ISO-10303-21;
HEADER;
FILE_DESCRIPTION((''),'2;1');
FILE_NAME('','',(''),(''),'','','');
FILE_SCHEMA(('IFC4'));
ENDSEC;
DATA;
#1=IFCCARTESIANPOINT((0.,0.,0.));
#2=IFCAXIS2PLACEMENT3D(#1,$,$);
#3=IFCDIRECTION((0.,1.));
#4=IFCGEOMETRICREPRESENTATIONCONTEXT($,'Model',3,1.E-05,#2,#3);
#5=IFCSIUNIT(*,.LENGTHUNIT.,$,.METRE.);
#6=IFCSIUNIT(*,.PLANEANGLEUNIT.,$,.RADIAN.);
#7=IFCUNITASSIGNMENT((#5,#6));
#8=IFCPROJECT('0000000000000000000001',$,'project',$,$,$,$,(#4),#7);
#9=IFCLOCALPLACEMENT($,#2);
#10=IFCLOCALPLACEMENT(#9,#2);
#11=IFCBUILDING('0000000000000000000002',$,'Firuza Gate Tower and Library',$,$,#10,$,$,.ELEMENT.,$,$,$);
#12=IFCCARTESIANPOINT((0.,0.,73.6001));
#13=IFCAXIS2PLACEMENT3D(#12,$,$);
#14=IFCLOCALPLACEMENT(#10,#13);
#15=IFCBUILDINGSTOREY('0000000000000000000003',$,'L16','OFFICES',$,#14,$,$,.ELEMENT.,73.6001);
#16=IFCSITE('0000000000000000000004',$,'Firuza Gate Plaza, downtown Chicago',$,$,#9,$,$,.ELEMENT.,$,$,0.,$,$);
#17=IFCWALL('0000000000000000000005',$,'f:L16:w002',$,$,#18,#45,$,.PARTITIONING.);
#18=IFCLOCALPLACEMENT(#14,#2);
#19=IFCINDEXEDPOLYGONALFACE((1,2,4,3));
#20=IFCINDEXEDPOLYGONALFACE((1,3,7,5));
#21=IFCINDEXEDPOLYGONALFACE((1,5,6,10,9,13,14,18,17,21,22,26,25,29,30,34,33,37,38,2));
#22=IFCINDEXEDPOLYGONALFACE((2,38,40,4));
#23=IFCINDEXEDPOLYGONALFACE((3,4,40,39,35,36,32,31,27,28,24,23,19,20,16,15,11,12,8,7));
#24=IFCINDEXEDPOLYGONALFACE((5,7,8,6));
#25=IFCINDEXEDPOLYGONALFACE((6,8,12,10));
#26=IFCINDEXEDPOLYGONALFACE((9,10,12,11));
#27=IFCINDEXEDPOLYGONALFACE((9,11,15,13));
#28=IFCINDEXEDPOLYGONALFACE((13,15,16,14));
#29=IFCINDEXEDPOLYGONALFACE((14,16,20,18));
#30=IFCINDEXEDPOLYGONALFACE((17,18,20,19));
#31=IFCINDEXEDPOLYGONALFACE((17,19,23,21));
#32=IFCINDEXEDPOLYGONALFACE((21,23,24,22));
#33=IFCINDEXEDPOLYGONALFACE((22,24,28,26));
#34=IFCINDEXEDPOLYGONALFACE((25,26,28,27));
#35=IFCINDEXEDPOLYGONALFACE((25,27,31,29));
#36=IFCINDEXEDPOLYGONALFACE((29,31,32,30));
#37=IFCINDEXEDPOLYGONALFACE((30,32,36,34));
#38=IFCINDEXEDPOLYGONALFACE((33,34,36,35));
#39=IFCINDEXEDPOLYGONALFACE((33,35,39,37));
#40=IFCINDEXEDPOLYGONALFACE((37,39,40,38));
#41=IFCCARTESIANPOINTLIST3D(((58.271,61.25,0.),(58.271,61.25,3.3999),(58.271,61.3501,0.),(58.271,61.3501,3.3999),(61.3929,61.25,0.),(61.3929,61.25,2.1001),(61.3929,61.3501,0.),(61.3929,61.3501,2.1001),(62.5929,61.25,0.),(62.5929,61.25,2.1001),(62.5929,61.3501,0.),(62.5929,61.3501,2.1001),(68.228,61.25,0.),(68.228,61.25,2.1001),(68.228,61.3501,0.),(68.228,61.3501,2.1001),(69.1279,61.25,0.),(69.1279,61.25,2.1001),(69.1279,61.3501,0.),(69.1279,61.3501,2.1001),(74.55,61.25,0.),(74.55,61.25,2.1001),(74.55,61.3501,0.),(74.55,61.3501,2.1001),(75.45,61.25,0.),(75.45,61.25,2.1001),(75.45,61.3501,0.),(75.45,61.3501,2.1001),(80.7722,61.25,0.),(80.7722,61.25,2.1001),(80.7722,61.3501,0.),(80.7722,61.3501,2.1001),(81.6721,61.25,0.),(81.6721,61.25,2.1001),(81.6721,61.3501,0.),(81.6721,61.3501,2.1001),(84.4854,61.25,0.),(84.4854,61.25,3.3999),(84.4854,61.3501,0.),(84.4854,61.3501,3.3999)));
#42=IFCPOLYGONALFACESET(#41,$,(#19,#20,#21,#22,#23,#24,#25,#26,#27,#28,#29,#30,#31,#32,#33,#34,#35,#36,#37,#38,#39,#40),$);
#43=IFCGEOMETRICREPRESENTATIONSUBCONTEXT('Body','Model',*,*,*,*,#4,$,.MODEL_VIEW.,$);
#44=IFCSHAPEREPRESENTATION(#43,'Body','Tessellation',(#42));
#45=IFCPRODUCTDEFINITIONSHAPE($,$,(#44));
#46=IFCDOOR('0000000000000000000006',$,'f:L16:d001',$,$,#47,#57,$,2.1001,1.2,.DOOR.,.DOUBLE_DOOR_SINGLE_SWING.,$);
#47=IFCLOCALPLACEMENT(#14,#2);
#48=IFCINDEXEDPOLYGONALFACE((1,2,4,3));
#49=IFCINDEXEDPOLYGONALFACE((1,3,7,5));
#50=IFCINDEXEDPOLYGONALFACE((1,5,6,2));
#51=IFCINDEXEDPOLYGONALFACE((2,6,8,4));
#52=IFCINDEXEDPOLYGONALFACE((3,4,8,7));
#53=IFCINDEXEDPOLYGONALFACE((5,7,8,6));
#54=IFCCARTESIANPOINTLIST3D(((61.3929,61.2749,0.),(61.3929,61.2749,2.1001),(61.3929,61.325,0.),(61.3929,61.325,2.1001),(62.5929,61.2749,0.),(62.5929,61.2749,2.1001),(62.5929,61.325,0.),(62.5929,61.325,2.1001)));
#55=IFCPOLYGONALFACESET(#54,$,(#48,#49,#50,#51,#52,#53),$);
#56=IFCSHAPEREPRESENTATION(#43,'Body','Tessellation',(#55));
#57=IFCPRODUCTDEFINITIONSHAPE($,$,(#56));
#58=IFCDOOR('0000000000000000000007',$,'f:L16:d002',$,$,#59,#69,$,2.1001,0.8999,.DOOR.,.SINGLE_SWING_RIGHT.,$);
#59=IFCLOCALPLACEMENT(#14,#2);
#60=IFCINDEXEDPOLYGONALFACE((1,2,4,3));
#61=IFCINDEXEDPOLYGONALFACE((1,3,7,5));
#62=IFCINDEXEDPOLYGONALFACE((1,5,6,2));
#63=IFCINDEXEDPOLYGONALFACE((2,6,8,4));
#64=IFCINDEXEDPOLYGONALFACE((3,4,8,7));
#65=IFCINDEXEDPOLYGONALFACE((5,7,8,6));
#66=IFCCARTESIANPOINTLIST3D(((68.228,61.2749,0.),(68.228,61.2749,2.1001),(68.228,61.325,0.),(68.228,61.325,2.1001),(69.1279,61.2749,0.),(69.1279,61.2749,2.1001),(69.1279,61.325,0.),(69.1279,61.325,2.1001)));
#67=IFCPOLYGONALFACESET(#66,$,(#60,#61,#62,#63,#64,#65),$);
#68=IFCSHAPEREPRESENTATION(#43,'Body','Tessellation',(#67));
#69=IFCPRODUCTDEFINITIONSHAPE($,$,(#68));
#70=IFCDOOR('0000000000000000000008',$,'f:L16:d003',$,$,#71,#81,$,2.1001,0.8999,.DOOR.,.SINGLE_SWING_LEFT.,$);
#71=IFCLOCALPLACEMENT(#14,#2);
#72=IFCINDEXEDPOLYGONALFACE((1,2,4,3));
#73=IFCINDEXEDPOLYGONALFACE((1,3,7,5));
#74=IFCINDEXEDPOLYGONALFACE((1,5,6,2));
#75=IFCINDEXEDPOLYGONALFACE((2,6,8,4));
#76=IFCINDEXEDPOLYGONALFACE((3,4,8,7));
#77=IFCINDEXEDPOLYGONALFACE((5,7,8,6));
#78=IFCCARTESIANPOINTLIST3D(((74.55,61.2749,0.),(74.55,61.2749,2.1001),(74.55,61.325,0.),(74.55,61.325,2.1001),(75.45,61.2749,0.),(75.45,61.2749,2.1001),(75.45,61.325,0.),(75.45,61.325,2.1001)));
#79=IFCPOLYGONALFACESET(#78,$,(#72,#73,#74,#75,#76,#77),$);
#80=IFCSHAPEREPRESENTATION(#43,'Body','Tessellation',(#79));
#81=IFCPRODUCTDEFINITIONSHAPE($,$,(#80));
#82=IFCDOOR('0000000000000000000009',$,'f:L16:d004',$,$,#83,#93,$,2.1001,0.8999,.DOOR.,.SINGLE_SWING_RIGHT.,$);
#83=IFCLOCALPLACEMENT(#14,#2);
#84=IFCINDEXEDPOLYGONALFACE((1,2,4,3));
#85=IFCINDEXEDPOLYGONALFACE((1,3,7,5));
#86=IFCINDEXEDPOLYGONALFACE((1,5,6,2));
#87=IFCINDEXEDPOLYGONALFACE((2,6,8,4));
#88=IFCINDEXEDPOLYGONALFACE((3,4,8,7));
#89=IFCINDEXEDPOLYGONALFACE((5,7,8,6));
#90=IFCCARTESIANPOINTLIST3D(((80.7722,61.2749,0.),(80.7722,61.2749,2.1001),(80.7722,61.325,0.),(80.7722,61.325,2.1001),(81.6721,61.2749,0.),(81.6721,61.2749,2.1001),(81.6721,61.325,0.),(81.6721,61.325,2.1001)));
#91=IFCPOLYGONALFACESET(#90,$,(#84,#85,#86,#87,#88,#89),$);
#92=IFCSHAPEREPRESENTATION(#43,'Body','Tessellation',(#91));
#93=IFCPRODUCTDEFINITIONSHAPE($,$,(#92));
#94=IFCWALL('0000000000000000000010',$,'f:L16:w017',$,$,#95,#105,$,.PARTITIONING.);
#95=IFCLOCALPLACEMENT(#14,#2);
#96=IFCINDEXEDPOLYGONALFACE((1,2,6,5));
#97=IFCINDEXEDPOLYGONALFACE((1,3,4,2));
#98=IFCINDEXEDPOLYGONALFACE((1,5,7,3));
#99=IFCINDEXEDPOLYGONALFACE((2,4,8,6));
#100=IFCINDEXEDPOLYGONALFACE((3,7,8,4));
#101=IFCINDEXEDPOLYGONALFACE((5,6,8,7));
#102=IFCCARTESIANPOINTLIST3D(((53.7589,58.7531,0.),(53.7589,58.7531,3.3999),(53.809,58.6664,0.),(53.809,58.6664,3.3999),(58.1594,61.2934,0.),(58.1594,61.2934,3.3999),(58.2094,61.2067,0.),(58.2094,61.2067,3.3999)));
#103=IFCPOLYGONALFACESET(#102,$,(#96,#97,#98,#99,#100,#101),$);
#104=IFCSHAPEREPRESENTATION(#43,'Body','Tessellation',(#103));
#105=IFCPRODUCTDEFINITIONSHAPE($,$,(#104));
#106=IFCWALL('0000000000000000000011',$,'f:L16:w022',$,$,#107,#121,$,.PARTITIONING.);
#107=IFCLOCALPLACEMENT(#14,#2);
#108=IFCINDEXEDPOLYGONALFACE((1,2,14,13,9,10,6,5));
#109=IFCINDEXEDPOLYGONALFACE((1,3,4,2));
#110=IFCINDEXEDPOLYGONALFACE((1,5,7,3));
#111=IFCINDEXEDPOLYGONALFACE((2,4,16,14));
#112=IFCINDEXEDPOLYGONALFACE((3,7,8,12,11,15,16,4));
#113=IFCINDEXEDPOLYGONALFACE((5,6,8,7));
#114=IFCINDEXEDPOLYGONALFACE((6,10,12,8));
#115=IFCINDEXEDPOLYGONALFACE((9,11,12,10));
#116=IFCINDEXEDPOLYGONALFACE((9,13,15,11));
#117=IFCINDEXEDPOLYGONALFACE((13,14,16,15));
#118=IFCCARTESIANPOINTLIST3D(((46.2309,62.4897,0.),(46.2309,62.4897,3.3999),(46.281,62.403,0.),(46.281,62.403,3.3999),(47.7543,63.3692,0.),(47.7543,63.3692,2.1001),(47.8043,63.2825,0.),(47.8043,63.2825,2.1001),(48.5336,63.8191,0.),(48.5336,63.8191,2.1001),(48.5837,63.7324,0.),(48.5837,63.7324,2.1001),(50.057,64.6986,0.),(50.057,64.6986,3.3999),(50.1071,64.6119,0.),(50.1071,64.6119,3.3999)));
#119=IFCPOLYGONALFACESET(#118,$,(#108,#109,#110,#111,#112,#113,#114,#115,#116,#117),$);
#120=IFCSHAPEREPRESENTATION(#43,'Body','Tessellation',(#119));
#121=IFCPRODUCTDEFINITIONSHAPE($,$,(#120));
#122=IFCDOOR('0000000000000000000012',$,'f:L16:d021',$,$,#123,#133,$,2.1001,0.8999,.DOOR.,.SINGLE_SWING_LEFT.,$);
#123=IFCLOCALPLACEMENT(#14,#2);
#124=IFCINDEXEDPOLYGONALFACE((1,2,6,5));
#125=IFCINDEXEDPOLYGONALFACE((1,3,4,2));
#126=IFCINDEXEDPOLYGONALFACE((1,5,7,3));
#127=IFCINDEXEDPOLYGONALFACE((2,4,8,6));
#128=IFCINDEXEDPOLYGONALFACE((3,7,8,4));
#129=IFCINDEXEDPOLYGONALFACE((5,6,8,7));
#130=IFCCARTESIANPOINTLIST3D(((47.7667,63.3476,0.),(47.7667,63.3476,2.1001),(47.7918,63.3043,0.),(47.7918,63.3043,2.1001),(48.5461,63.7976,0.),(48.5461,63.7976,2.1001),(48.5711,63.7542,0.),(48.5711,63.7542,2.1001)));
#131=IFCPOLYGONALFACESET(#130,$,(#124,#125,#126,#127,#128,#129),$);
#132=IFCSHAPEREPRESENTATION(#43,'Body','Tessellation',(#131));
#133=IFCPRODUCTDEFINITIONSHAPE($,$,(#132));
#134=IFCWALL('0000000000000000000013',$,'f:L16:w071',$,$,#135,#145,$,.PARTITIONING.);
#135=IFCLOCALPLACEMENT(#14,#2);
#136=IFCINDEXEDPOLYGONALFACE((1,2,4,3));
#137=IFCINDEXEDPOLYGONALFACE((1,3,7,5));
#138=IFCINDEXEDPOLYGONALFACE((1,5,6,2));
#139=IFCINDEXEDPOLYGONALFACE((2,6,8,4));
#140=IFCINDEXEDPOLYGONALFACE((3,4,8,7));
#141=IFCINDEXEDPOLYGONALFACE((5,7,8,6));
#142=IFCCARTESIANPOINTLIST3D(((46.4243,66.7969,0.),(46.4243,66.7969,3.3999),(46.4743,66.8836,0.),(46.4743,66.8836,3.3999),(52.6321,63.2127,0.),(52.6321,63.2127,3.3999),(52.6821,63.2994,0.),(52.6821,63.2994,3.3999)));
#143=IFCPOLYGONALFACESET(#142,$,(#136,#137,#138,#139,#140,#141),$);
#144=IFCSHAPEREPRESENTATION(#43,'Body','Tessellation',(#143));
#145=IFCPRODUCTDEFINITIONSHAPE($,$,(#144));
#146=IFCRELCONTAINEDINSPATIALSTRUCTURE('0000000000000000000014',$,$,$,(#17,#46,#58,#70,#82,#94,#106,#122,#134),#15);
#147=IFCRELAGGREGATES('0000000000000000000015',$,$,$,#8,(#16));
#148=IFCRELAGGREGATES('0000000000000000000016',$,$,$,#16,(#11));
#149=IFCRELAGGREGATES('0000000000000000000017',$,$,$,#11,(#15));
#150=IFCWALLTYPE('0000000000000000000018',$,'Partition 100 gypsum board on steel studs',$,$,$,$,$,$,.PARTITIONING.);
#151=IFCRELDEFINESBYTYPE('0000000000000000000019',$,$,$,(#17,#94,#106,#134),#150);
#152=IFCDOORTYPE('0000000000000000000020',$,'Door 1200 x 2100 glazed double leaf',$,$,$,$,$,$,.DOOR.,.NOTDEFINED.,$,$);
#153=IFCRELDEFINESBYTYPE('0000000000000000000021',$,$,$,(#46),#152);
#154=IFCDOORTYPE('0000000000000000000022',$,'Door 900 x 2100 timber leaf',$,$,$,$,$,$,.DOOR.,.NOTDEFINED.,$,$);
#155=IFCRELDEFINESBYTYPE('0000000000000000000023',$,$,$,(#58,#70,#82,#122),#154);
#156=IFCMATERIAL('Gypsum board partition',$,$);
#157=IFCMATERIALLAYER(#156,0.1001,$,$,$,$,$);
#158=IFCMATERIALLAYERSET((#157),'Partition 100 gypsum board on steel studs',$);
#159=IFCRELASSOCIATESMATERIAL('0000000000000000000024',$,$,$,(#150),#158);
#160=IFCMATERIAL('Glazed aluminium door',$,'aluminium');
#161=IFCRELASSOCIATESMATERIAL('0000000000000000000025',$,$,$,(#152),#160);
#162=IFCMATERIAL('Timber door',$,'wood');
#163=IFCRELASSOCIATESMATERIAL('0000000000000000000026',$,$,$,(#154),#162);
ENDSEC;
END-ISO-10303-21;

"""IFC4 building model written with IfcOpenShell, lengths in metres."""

from ifc_helpers import new_model, si_unit, direction, frame, frame_2d, origin, place, context, subcontext, project, spatial, rectangle, extrude, material, layer, layer_set, type_object, element, fill, save


model = new_model("IFC4")

# Units and contexts
model_context = context("Model", 3, precision=1e-05, world=origin(), true_north=direction((0.0, 1.0)))
body_context = subcontext(model_context, "Body", "Model", "MODEL_VIEW")
ifc_project = project(units=[si_unit("LENGTHUNIT", "METRE"), si_unit("PLANEANGLEUNIT", "RADIAN")], contexts=[model_context])

# Site, building, storey
site_placement = place(None, origin())
site = spatial("IfcSite", under=ifc_project, at=site_placement, Name="Firuza Gate Plaza, downtown Chicago", CompositionType="ELEMENT", RefElevation=0.0)
building_placement = place(site_placement, origin())
building = spatial("IfcBuilding", under=site, at=building_placement, Name="Firuza Gate Tower and Library", CompositionType="ELEMENT")
storey_placement = place(building_placement, frame((0.0, 0.0, 73.6001)))
storey = spatial("IfcBuildingStorey", under=building, at=storey_placement, Name="L16", Description="OFFICES", CompositionType="ELEMENT", Elevation=73.6001)

# Wall, openings, doors
ifc_material_1 = material(Name="Gypsum board partition")
ifc_layer_1 = layer(ifc_material_1, 0.1001)
ifc_layer_set_1 = layer_set([ifc_layer_1], Name="Partition 100 gypsum board on steel studs")
wall_type_1 = type_object("IfcWallType", Name="Partition 100 gypsum board on steel studs", PredefinedType="PARTITIONING", material=ifc_layer_set_1)
wall_1_placement = place(storey_placement, frame((58.271, 61.3, 0.0), z_axis=(0.0, 0.0, 1.0), x_axis=(1.0, 0.0, 0.0)))
wall_1 = element("IfcWall", 1, at=wall_1_placement, inside=storey, type_object=wall_type_1, Name="f:L16:w002", PredefinedType="PARTITIONING", context=body_context, shape_type="SweptSolid", body=[
    extrude(rectangle(XDim=26.2144, YDim=0.1001, at=frame_2d((13.1072, 0.0))), origin(), (0.0, 0.0, 1.0), 3.3999),
])
opening_1_placement = place(wall_1_placement, frame((3.1218, 0.0, 0.0)))
opening_1 = element("IfcOpeningElement", 2, at=opening_1_placement, cuts=wall_1, PredefinedType="OPENING", context=body_context, shape_type="SweptSolid", body=[
    extrude(rectangle(XDim=1.2, YDim=2.1001, at=frame_2d((0.6001, 1.05))), frame((0.0, 0.0601, 0.0), z_axis=(0.0, -1.0, 0.0), x_axis=(1.0, 0.0, 0.0)), (0.0, 0.0, 1.0), 0.1201),
])
opening_2_placement = place(wall_1_placement, frame((9.957, 0.0, 0.0)))
opening_2 = element("IfcOpeningElement", 3, at=opening_2_placement, cuts=wall_1, PredefinedType="OPENING", context=body_context, shape_type="SweptSolid", body=[
    extrude(rectangle(XDim=0.8999, YDim=2.1001, at=frame_2d((0.45, 1.05))), frame((0.0, 0.0601, 0.0), z_axis=(0.0, -1.0, 0.0), x_axis=(1.0, 0.0, 0.0)), (0.0, 0.0, 1.0), 0.1201),
])
opening_3_placement = place(wall_1_placement, frame((16.2791, 0.0, 0.0)))
opening_3 = element("IfcOpeningElement", 4, at=opening_3_placement, cuts=wall_1, PredefinedType="OPENING", context=body_context, shape_type="SweptSolid", body=[
    extrude(rectangle(XDim=0.8999, YDim=2.1001, at=frame_2d((0.45, 1.05))), frame((0.0, 0.0601, 0.0), z_axis=(0.0, -1.0, 0.0), x_axis=(1.0, 0.0, 0.0)), (0.0, 0.0, 1.0), 0.1201),
])
opening_4_placement = place(wall_1_placement, frame((22.5012, 0.0, 0.0)))
opening_4 = element("IfcOpeningElement", 5, at=opening_4_placement, cuts=wall_1, PredefinedType="OPENING", context=body_context, shape_type="SweptSolid", body=[
    extrude(rectangle(XDim=0.8999, YDim=2.1001, at=frame_2d((0.45, 1.05))), frame((0.0, 0.0601, 0.0), z_axis=(0.0, -1.0, 0.0), x_axis=(1.0, 0.0, 0.0)), (0.0, 0.0, 1.0), 0.1201),
])
ifc_material_2 = material(Name="Glazed aluminium door", Category="aluminium")
door_type_1 = type_object("IfcDoorType", Name="Door 1200 x 2100 glazed double leaf", OperationType="NOTDEFINED", PredefinedType="DOOR", material=ifc_material_2)
door_1_placement = place(opening_1_placement, origin())
door_1 = element("IfcDoor", 6, at=door_1_placement, inside=storey, type_object=door_type_1, Name="f:L16:d001", OperationType="DOUBLE_DOOR_SINGLE_SWING", OverallHeight=2.1001, OverallWidth=1.2, PredefinedType="DOOR", context=body_context, shape_type="SweptSolid", body=[
    extrude(rectangle(XDim=1.2, YDim=2.1001, at=frame_2d((0.6001, 1.05))), frame((0.0, 0.0249, 0.0), z_axis=(0.0, -1.0, 0.0), x_axis=(1.0, 0.0, 0.0)), (0.0, 0.0, 1.0), 0.05),
])
fill(opening_1, door_1)
ifc_material_3 = material(Name="Timber door", Category="wood")
door_type_2 = type_object("IfcDoorType", Name="Door 900 x 2100 timber leaf", OperationType="NOTDEFINED", PredefinedType="DOOR", material=ifc_material_3)
door_2_placement = place(opening_2_placement, origin())
door_2 = element("IfcDoor", 7, at=door_2_placement, inside=storey, type_object=door_type_2, Name="f:L16:d002", OperationType="SINGLE_SWING_RIGHT", OverallHeight=2.1001, OverallWidth=0.8999, PredefinedType="DOOR", context=body_context, shape_type="SweptSolid", body=[
    extrude(rectangle(XDim=0.8999, YDim=2.1001, at=frame_2d((0.45, 1.05))), frame((0.0, 0.0249, 0.0), z_axis=(0.0, -1.0, 0.0), x_axis=(1.0, 0.0, 0.0)), (0.0, 0.0, 1.0), 0.05),
])
fill(opening_2, door_2)
door_3_placement = place(opening_3_placement, origin())
door_3 = element("IfcDoor", 8, at=door_3_placement, inside=storey, type_object=door_type_2, Name="f:L16:d003", OperationType="SINGLE_SWING_LEFT", OverallHeight=2.1001, OverallWidth=0.8999, PredefinedType="DOOR", context=body_context, shape_type="SweptSolid", body=[
    extrude(rectangle(XDim=0.8999, YDim=2.1001, at=frame_2d((0.45, 1.05))), frame((0.0, 0.0249, 0.0), z_axis=(0.0, -1.0, 0.0), x_axis=(1.0, 0.0, 0.0)), (0.0, 0.0, 1.0), 0.05),
])
fill(opening_3, door_3)
door_4_placement = place(opening_4_placement, origin())
door_4 = element("IfcDoor", 9, at=door_4_placement, inside=storey, type_object=door_type_2, Name="f:L16:d004", OperationType="SINGLE_SWING_RIGHT", OverallHeight=2.1001, OverallWidth=0.8999, PredefinedType="DOOR", context=body_context, shape_type="SweptSolid", body=[
    extrude(rectangle(XDim=0.8999, YDim=2.1001, at=frame_2d((0.45, 1.05))), frame((0.0, 0.0249, 0.0), z_axis=(0.0, -1.0, 0.0), x_axis=(1.0, 0.0, 0.0)), (0.0, 0.0, 1.0), 0.05),
])
fill(opening_4, door_4)

# Wall
wall_2_placement = place(storey_placement, frame((53.7839, 58.7097, 0.0), z_axis=(0.0, 0.0, 1.0), x_axis=(0.86605, 0.499958, 0.0)))
element("IfcWall", 10, at=wall_2_placement, inside=storey, type_object=wall_type_1, Name="f:L16:w017", PredefinedType="PARTITIONING", context=body_context, shape_type="SweptSolid", body=[
    extrude(rectangle(XDim=5.0811, YDim=0.1001, at=frame_2d((2.5405, 0.0))), origin(), (0.0, 0.0, 1.0), 3.3999),
])

# Wall, opening, door
wall_3_placement = place(storey_placement, frame((50.082, 64.6553, 0.0), z_axis=(0.0, 0.0, 1.0), x_axis=(-0.866031, -0.49999, 0.0)))
wall_3 = element("IfcWall", 11, at=wall_3_placement, inside=storey, type_object=wall_type_1, Name="f:L16:w022", PredefinedType="PARTITIONING", context=body_context, shape_type="SweptSolid", body=[
    extrude(rectangle(XDim=4.418, YDim=0.1001, at=frame_2d((2.209, 0.0))), origin(), (0.0, 0.0, 1.0), 3.3999),
])
opening_5_placement = place(wall_3_placement, frame((1.759, 0.0, 0.0)))
opening_5 = element("IfcOpeningElement", 12, at=opening_5_placement, cuts=wall_3, PredefinedType="OPENING", context=body_context, shape_type="SweptSolid", body=[
    extrude(rectangle(XDim=0.8999, YDim=2.1001, at=frame_2d((0.45, 1.05))), frame((0.0, 0.0601, 0.0), z_axis=(0.0, -1.0, 0.0), x_axis=(1.0, 0.0, 0.0)), (0.0, 0.0, 1.0), 0.1201),
])
door_5_placement = place(opening_5_placement, origin())
door_5 = element("IfcDoor", 13, at=door_5_placement, inside=storey, type_object=door_type_2, Name="f:L16:d021", OperationType="SINGLE_SWING_LEFT", OverallHeight=2.1001, OverallWidth=0.8999, PredefinedType="DOOR", context=body_context, shape_type="SweptSolid", body=[
    extrude(rectangle(XDim=0.8999, YDim=2.1001, at=frame_2d((0.45, 1.05))), frame((0.0, 0.0249, 0.0), z_axis=(0.0, -1.0, 0.0), x_axis=(1.0, 0.0, 0.0)), (0.0, 0.0, 1.0), 0.05),
])
fill(opening_5, door_5)

# Wall
wall_4_placement = place(storey_placement, frame((52.657, 63.2561, 0.0), z_axis=(0.0, 0.0, 1.0), x_axis=(-0.866015, 0.500018, 0.0)))
element("IfcWall", 14, at=wall_4_placement, inside=storey, type_object=wall_type_1, Name="f:L16:w071", PredefinedType="PARTITIONING", context=body_context, shape_type="SweptSolid", body=[
    extrude(rectangle(XDim=7.1682, YDim=0.1001, at=frame_2d((3.584, 0.0))), origin(), (0.0, 0.0, 1.0), 3.3999),
])

save(model, "model.ifc")
